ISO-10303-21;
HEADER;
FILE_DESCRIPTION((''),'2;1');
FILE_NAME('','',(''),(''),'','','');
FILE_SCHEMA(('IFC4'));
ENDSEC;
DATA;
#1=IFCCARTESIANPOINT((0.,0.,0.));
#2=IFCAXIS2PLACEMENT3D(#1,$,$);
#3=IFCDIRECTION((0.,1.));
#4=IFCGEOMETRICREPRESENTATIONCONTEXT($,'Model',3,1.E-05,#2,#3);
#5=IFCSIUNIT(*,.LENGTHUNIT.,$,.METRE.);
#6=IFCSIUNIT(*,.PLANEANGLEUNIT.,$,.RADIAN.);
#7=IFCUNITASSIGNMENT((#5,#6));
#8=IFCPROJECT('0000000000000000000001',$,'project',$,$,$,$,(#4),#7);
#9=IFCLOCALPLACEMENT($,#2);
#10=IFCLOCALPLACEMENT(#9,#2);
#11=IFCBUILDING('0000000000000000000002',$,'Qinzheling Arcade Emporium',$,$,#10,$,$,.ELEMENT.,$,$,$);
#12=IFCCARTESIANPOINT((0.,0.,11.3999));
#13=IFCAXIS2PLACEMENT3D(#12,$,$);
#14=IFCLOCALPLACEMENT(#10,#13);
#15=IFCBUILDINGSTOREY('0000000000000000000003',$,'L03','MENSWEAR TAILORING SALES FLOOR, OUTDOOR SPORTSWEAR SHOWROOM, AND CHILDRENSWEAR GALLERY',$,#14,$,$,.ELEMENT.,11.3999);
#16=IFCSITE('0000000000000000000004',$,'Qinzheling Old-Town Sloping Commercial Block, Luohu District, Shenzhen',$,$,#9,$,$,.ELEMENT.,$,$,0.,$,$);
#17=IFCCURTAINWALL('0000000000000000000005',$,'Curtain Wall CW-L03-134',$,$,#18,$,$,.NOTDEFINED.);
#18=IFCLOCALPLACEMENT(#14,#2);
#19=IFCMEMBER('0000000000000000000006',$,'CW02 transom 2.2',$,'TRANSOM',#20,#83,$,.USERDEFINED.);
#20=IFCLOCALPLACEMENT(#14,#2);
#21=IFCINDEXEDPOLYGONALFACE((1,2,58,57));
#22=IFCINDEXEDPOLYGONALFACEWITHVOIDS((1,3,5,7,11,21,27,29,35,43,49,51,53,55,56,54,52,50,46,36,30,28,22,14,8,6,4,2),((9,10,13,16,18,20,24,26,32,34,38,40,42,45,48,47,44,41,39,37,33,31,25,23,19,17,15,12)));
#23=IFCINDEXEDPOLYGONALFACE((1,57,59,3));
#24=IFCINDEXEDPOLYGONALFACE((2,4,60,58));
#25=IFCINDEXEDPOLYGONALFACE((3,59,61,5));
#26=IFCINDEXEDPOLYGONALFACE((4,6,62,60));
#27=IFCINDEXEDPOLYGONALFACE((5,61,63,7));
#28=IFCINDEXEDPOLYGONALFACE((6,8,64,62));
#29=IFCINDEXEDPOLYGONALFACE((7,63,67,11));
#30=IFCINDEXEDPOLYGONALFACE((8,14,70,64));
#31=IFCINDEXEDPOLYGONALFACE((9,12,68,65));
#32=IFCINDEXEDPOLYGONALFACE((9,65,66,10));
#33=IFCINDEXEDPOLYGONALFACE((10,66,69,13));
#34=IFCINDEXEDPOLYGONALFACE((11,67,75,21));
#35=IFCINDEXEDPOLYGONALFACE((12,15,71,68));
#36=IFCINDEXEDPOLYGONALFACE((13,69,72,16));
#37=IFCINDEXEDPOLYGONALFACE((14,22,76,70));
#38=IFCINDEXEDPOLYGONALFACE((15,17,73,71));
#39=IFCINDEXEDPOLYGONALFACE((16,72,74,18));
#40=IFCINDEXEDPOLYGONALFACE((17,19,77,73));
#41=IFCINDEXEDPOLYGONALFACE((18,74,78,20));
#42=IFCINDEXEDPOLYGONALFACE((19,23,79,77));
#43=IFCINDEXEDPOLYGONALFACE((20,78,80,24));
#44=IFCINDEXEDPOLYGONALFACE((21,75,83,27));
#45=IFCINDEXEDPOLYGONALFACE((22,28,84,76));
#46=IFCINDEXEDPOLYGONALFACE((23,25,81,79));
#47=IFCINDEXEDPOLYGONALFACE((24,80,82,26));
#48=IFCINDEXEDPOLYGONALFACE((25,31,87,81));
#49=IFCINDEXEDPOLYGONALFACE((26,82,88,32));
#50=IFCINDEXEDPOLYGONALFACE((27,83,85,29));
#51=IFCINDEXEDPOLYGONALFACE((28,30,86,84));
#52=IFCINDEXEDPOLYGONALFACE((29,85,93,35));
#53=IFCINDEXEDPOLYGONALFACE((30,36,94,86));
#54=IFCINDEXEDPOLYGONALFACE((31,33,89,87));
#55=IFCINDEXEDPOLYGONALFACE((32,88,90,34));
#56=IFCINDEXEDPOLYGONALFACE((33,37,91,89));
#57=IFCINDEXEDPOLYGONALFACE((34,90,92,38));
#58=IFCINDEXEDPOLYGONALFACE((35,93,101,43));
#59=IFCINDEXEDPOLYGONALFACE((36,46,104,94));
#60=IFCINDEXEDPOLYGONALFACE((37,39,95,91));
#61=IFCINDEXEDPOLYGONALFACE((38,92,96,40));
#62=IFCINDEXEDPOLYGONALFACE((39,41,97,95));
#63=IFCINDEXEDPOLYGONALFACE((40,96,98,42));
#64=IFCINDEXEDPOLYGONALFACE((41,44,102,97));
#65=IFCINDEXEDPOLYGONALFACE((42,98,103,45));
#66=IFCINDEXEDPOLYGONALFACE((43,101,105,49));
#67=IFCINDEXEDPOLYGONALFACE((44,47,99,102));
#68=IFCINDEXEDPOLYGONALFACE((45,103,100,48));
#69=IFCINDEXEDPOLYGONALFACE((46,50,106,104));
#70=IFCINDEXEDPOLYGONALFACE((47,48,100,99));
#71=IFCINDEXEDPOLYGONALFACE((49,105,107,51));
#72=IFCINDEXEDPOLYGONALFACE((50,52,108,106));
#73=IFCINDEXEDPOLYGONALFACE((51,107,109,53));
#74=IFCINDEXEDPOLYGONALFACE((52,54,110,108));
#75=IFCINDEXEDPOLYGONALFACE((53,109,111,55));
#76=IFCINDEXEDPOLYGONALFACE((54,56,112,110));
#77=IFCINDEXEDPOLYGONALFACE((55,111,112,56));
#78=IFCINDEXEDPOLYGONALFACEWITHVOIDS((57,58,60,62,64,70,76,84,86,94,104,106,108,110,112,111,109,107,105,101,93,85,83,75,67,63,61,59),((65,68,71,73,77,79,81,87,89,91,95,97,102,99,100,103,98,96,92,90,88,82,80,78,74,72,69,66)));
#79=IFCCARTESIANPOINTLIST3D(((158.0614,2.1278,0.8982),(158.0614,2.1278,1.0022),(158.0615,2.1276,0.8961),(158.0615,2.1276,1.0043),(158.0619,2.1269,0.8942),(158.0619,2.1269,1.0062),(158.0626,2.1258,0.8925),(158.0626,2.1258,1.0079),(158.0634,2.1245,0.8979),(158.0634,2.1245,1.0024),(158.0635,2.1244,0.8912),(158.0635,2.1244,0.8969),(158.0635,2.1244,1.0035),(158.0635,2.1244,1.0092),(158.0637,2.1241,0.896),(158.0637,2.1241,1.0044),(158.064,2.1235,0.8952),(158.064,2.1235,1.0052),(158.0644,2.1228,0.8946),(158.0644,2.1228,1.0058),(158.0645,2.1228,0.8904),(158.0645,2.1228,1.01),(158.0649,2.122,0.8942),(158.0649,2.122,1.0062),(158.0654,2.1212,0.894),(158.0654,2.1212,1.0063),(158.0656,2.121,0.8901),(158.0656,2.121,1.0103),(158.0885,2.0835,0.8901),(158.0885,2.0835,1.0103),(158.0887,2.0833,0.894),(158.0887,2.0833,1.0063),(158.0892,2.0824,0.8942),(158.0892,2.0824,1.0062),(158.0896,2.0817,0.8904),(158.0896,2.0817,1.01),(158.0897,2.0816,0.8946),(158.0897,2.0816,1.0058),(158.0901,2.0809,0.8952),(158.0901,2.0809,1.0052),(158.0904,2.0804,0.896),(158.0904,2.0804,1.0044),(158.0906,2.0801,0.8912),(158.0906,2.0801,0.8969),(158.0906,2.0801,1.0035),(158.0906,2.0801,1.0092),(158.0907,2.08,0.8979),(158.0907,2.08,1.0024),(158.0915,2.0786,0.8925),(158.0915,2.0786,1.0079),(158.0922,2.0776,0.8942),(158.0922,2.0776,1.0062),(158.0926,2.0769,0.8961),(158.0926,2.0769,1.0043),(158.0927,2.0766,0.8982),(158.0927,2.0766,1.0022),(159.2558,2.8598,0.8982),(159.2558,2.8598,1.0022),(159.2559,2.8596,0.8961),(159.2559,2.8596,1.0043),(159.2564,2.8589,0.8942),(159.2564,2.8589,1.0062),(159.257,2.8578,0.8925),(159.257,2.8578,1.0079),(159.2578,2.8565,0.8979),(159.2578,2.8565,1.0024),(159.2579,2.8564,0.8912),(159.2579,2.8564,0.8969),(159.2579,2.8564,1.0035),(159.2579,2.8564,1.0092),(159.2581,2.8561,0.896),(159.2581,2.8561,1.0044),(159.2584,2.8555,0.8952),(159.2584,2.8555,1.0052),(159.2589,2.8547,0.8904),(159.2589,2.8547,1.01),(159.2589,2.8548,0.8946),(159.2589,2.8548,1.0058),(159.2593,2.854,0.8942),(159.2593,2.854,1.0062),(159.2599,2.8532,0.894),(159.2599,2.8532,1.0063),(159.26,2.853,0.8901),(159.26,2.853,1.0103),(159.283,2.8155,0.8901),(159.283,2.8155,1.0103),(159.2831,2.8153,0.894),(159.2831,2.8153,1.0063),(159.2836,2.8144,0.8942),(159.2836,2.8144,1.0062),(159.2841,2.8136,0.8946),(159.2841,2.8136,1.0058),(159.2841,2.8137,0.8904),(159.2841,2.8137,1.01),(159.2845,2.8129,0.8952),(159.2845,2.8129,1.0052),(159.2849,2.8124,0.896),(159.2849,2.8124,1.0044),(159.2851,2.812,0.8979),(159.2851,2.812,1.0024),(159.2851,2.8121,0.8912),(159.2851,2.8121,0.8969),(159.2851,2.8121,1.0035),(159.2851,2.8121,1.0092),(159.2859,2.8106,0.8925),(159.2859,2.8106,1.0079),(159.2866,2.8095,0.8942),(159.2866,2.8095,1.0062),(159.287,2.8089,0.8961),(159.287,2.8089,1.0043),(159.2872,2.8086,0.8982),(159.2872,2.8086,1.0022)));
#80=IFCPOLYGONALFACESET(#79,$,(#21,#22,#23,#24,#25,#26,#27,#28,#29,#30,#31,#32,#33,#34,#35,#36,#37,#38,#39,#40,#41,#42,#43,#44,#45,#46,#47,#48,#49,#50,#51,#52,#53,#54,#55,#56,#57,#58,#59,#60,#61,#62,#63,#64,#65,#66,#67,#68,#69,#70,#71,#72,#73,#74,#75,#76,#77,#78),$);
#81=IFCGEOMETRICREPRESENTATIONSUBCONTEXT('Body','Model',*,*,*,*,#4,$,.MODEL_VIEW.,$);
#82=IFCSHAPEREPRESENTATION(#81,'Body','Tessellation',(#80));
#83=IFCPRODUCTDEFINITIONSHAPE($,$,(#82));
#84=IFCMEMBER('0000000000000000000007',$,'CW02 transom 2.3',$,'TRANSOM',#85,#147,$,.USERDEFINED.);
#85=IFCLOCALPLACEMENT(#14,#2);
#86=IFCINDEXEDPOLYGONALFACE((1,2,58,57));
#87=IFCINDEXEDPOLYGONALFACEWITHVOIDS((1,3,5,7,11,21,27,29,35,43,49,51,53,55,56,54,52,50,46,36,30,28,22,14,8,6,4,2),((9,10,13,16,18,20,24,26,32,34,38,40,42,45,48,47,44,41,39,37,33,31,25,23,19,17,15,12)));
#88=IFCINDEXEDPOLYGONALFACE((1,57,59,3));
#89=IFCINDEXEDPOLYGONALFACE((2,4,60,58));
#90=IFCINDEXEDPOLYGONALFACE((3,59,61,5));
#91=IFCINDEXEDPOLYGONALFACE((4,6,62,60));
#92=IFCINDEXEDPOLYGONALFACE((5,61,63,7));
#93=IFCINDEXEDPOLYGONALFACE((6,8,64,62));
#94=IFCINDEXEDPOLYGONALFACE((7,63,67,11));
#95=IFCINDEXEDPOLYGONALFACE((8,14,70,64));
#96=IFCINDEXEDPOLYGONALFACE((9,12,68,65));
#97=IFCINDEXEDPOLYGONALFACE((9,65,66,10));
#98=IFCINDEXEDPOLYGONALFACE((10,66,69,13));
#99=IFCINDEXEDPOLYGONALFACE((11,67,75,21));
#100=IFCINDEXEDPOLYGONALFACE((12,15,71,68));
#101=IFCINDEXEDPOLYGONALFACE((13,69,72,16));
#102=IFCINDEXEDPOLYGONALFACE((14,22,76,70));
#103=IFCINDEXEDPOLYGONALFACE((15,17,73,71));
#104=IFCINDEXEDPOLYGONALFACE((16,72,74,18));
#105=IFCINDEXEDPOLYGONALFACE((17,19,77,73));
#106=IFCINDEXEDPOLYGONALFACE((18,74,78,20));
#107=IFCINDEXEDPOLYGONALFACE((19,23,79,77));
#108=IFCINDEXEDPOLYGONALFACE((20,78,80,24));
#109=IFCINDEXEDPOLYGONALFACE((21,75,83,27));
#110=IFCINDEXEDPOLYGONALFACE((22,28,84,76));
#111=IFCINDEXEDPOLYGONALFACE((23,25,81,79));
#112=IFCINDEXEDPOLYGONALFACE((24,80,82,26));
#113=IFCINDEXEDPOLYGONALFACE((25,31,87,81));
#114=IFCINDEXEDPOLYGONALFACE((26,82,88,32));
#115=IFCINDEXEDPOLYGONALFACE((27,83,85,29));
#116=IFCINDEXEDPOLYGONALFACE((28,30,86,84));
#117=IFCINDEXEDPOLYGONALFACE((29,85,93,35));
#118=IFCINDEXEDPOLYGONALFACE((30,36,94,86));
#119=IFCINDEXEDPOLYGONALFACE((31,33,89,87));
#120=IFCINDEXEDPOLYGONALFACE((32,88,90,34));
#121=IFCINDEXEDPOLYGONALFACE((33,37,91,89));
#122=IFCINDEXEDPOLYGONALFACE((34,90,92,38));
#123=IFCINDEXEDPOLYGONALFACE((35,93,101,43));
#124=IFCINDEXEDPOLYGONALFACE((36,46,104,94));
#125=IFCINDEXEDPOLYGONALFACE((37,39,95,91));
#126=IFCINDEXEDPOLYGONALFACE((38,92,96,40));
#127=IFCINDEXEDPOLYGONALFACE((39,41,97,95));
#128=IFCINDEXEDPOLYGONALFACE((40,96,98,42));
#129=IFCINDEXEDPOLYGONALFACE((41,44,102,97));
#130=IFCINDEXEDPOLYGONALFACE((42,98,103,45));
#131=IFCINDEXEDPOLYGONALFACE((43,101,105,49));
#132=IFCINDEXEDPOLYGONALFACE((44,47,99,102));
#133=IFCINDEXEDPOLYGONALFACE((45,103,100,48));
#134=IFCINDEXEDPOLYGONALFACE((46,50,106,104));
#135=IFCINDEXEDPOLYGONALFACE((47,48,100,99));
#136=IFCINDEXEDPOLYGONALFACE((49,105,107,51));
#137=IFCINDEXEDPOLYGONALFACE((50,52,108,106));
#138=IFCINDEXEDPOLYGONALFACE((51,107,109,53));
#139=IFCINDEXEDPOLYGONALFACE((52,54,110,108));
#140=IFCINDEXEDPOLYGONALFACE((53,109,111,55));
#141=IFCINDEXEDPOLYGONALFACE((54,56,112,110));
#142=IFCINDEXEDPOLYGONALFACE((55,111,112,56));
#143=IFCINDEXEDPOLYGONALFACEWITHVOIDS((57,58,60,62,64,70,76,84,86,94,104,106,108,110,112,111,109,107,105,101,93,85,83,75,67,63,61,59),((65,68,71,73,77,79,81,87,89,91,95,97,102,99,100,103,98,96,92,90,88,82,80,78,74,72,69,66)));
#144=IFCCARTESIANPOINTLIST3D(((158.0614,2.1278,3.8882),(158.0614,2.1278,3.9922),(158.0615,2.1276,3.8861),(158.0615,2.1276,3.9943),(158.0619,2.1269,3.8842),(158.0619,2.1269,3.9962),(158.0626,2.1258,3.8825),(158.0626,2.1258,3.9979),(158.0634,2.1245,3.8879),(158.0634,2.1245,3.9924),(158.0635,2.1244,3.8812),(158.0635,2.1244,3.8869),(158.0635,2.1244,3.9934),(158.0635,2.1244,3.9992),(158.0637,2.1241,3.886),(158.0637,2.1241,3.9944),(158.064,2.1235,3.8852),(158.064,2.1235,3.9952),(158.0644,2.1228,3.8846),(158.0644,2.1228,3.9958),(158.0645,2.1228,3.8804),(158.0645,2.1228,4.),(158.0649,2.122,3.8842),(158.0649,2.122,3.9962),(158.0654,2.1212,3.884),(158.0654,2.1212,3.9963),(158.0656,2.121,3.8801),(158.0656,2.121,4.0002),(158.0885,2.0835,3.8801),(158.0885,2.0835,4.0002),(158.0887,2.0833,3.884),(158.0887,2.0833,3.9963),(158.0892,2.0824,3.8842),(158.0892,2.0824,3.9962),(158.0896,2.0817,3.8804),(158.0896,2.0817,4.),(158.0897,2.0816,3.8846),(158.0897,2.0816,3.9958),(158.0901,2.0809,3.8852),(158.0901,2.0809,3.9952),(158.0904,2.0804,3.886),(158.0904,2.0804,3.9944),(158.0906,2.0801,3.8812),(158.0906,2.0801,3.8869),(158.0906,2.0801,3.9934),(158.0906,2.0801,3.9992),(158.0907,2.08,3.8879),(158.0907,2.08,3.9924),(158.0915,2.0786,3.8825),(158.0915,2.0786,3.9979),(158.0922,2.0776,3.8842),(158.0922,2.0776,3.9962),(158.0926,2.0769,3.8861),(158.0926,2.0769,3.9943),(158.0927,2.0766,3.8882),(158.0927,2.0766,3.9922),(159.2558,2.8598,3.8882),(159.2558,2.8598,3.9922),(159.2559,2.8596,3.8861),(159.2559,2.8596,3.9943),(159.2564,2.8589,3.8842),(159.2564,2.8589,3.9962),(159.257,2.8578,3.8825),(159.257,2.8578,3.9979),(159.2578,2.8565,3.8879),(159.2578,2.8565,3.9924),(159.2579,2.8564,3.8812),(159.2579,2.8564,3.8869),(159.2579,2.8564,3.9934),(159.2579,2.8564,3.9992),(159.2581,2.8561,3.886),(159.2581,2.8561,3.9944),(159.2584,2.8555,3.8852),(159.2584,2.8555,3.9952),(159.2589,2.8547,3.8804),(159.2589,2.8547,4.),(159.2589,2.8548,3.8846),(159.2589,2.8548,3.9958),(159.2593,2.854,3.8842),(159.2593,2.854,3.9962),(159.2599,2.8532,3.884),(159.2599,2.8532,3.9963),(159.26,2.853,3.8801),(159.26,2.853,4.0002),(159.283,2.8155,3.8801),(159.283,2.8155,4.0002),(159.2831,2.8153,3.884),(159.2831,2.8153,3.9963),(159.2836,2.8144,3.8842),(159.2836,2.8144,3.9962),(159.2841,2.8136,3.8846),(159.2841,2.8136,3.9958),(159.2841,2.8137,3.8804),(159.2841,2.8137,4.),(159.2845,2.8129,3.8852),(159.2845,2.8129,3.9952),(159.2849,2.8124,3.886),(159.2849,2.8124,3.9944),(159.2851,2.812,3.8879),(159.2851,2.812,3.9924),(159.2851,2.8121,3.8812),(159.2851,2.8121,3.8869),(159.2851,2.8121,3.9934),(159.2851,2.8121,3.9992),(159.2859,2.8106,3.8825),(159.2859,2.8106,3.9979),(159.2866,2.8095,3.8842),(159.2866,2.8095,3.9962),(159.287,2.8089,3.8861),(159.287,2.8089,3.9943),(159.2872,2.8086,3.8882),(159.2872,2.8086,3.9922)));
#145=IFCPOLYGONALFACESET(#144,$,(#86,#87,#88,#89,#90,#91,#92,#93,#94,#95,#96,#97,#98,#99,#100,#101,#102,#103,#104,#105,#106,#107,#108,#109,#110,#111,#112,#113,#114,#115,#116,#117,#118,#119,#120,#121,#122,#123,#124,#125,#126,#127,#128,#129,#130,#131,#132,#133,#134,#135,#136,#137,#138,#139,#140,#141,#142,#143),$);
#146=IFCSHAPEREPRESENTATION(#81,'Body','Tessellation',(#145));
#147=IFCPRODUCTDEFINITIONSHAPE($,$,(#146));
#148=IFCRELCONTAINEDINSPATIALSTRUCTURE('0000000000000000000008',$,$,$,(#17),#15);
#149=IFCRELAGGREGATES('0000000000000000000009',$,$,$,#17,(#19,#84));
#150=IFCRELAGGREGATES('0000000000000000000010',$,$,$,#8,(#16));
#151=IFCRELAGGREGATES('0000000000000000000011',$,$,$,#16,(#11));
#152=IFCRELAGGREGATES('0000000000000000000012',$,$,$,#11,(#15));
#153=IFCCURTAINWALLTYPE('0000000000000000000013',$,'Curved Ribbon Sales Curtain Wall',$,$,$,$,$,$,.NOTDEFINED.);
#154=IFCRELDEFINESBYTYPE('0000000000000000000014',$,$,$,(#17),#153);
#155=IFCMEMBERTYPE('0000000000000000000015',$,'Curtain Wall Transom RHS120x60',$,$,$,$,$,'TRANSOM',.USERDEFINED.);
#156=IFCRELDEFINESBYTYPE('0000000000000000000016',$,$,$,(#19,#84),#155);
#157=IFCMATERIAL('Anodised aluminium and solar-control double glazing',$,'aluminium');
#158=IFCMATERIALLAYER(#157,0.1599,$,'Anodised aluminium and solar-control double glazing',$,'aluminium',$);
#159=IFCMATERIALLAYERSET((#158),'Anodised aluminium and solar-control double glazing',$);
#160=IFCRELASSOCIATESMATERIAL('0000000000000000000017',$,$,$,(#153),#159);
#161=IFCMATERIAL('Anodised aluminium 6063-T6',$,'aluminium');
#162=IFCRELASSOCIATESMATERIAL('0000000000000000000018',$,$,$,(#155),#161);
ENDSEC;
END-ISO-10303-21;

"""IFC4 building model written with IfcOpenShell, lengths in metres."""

from ifc_helpers import new_model, si_unit, direction, frame, origin, origin_2d, place, context, subcontext, project, spatial, hollow_rectangle, extrude, material, layer, layer_set, material_profile, profile_set, type_object, element, aggregate, save


model = new_model("IFC4")

# Units and contexts
model_context = context("Model", 3, precision=1e-05, world=origin(), true_north=direction((0.0, 1.0)))
body_context = subcontext(model_context, "Body", "Model", "MODEL_VIEW")
ifc_project = project(units=[si_unit("LENGTHUNIT", "METRE"), si_unit("PLANEANGLEUNIT", "RADIAN")], contexts=[model_context])

# Site, building, storey
site_placement = place(None, origin())
site = spatial("IfcSite", under=ifc_project, at=site_placement, Name="Qinzheling Old-Town Sloping Commercial Block, Luohu District, Shenzhen", CompositionType="ELEMENT", RefElevation=0.0)
building_placement = place(site_placement, origin())
building = spatial("IfcBuilding", under=site, at=building_placement, Name="Qinzheling Arcade Emporium", CompositionType="ELEMENT")
storey_placement = place(building_placement, frame((0.0, 0.0, 11.3999)))
storey = spatial("IfcBuildingStorey", under=building, at=storey_placement, Name="L03", Description="MENSWEAR TAILORING SALES FLOOR, OUTDOOR SPORTSWEAR SHOWROOM, AND CHILDRENSWEAR GALLERY", CompositionType="ELEMENT", Elevation=11.3999)

# Curtain wall
ifc_material_1 = material(Name="Anodised aluminium and solar-control double glazing", Category="aluminium")
ifc_layer_1 = layer(ifc_material_1, 0.1599, Name="Anodised aluminium and solar-control double glazing", Category="aluminium")
ifc_layer_set_1 = layer_set([ifc_layer_1], Name="Anodised aluminium and solar-control double glazing")
curtain_wall_type = type_object("IfcCurtainWallType", Name="Curved Ribbon Sales Curtain Wall", PredefinedType="NOTDEFINED", material=ifc_layer_set_1)
ifc_material_2 = material(Name="Anodised aluminium 6063-T6", Category="aluminium")
curtain_wall_1_placement = place(storey_placement, origin())
curtain_wall_1 = element("IfcCurtainWall", 1, at=curtain_wall_1_placement, inside=storey, type_object=curtain_wall_type, Name="Curtain Wall CW-L03-134", PredefinedType="NOTDEFINED")

# Members
ifc_material_profile_1 = material_profile(ifc_material_2, hollow_rectangle(XDim=0.0601, YDim=0.1201, WallThickness=0.0039, InnerFilletRadius=0.0039, OuterFilletRadius=0.0081, at=origin_2d()), Name="RHS 120x60x4", Category="aluminium")
ifc_profile_set_1 = profile_set([ifc_material_profile_1], Name="Anodised aluminium 6063-T6")
member_type_1 = type_object("IfcMemberType", Name="Curtain Wall Transom RHS120x60", ElementType="TRANSOM", PredefinedType="USERDEFINED", material=ifc_profile_set_1)
member_1_placement = place(storey_placement, frame((159.2715, 2.8342, 0.9502), z_axis=(-0.852626, -0.522521, 0.0), x_axis=(0.522521, -0.852626, 0.0)))
member_1 = element("IfcMember", 2, at=member_1_placement, type_object=member_type_1, Name="CW02 transom 2.2", ObjectType="TRANSOM", PredefinedType="USERDEFINED", context=body_context, shape_type="SweptSolid", body=[
    extrude(hollow_rectangle(XDim=0.0601, YDim=0.1201, WallThickness=0.0039, InnerFilletRadius=0.0039, OuterFilletRadius=0.0081, at=origin_2d()), origin(), (0.0, 0.0, 1.0), 1.4009),
])
member_2_placement = place(storey_placement, frame((159.2715, 2.8342, 3.9402), z_axis=(-0.852626, -0.522521, 0.0), x_axis=(0.522521, -0.852626, 0.0)))
member_2 = element("IfcMember", 3, at=member_2_placement, type_object=member_type_1, Name="CW02 transom 2.3", ObjectType="TRANSOM", PredefinedType="USERDEFINED", context=body_context, shape_type="SweptSolid", body=[
    extrude(hollow_rectangle(XDim=0.0601, YDim=0.1201, WallThickness=0.0039, InnerFilletRadius=0.0039, OuterFilletRadius=0.0081, at=origin_2d()), origin(), (0.0, 0.0, 1.0), 1.4009),
])

aggregate(curtain_wall_1, [member_1, member_2])

save(model, "model.ifc")
